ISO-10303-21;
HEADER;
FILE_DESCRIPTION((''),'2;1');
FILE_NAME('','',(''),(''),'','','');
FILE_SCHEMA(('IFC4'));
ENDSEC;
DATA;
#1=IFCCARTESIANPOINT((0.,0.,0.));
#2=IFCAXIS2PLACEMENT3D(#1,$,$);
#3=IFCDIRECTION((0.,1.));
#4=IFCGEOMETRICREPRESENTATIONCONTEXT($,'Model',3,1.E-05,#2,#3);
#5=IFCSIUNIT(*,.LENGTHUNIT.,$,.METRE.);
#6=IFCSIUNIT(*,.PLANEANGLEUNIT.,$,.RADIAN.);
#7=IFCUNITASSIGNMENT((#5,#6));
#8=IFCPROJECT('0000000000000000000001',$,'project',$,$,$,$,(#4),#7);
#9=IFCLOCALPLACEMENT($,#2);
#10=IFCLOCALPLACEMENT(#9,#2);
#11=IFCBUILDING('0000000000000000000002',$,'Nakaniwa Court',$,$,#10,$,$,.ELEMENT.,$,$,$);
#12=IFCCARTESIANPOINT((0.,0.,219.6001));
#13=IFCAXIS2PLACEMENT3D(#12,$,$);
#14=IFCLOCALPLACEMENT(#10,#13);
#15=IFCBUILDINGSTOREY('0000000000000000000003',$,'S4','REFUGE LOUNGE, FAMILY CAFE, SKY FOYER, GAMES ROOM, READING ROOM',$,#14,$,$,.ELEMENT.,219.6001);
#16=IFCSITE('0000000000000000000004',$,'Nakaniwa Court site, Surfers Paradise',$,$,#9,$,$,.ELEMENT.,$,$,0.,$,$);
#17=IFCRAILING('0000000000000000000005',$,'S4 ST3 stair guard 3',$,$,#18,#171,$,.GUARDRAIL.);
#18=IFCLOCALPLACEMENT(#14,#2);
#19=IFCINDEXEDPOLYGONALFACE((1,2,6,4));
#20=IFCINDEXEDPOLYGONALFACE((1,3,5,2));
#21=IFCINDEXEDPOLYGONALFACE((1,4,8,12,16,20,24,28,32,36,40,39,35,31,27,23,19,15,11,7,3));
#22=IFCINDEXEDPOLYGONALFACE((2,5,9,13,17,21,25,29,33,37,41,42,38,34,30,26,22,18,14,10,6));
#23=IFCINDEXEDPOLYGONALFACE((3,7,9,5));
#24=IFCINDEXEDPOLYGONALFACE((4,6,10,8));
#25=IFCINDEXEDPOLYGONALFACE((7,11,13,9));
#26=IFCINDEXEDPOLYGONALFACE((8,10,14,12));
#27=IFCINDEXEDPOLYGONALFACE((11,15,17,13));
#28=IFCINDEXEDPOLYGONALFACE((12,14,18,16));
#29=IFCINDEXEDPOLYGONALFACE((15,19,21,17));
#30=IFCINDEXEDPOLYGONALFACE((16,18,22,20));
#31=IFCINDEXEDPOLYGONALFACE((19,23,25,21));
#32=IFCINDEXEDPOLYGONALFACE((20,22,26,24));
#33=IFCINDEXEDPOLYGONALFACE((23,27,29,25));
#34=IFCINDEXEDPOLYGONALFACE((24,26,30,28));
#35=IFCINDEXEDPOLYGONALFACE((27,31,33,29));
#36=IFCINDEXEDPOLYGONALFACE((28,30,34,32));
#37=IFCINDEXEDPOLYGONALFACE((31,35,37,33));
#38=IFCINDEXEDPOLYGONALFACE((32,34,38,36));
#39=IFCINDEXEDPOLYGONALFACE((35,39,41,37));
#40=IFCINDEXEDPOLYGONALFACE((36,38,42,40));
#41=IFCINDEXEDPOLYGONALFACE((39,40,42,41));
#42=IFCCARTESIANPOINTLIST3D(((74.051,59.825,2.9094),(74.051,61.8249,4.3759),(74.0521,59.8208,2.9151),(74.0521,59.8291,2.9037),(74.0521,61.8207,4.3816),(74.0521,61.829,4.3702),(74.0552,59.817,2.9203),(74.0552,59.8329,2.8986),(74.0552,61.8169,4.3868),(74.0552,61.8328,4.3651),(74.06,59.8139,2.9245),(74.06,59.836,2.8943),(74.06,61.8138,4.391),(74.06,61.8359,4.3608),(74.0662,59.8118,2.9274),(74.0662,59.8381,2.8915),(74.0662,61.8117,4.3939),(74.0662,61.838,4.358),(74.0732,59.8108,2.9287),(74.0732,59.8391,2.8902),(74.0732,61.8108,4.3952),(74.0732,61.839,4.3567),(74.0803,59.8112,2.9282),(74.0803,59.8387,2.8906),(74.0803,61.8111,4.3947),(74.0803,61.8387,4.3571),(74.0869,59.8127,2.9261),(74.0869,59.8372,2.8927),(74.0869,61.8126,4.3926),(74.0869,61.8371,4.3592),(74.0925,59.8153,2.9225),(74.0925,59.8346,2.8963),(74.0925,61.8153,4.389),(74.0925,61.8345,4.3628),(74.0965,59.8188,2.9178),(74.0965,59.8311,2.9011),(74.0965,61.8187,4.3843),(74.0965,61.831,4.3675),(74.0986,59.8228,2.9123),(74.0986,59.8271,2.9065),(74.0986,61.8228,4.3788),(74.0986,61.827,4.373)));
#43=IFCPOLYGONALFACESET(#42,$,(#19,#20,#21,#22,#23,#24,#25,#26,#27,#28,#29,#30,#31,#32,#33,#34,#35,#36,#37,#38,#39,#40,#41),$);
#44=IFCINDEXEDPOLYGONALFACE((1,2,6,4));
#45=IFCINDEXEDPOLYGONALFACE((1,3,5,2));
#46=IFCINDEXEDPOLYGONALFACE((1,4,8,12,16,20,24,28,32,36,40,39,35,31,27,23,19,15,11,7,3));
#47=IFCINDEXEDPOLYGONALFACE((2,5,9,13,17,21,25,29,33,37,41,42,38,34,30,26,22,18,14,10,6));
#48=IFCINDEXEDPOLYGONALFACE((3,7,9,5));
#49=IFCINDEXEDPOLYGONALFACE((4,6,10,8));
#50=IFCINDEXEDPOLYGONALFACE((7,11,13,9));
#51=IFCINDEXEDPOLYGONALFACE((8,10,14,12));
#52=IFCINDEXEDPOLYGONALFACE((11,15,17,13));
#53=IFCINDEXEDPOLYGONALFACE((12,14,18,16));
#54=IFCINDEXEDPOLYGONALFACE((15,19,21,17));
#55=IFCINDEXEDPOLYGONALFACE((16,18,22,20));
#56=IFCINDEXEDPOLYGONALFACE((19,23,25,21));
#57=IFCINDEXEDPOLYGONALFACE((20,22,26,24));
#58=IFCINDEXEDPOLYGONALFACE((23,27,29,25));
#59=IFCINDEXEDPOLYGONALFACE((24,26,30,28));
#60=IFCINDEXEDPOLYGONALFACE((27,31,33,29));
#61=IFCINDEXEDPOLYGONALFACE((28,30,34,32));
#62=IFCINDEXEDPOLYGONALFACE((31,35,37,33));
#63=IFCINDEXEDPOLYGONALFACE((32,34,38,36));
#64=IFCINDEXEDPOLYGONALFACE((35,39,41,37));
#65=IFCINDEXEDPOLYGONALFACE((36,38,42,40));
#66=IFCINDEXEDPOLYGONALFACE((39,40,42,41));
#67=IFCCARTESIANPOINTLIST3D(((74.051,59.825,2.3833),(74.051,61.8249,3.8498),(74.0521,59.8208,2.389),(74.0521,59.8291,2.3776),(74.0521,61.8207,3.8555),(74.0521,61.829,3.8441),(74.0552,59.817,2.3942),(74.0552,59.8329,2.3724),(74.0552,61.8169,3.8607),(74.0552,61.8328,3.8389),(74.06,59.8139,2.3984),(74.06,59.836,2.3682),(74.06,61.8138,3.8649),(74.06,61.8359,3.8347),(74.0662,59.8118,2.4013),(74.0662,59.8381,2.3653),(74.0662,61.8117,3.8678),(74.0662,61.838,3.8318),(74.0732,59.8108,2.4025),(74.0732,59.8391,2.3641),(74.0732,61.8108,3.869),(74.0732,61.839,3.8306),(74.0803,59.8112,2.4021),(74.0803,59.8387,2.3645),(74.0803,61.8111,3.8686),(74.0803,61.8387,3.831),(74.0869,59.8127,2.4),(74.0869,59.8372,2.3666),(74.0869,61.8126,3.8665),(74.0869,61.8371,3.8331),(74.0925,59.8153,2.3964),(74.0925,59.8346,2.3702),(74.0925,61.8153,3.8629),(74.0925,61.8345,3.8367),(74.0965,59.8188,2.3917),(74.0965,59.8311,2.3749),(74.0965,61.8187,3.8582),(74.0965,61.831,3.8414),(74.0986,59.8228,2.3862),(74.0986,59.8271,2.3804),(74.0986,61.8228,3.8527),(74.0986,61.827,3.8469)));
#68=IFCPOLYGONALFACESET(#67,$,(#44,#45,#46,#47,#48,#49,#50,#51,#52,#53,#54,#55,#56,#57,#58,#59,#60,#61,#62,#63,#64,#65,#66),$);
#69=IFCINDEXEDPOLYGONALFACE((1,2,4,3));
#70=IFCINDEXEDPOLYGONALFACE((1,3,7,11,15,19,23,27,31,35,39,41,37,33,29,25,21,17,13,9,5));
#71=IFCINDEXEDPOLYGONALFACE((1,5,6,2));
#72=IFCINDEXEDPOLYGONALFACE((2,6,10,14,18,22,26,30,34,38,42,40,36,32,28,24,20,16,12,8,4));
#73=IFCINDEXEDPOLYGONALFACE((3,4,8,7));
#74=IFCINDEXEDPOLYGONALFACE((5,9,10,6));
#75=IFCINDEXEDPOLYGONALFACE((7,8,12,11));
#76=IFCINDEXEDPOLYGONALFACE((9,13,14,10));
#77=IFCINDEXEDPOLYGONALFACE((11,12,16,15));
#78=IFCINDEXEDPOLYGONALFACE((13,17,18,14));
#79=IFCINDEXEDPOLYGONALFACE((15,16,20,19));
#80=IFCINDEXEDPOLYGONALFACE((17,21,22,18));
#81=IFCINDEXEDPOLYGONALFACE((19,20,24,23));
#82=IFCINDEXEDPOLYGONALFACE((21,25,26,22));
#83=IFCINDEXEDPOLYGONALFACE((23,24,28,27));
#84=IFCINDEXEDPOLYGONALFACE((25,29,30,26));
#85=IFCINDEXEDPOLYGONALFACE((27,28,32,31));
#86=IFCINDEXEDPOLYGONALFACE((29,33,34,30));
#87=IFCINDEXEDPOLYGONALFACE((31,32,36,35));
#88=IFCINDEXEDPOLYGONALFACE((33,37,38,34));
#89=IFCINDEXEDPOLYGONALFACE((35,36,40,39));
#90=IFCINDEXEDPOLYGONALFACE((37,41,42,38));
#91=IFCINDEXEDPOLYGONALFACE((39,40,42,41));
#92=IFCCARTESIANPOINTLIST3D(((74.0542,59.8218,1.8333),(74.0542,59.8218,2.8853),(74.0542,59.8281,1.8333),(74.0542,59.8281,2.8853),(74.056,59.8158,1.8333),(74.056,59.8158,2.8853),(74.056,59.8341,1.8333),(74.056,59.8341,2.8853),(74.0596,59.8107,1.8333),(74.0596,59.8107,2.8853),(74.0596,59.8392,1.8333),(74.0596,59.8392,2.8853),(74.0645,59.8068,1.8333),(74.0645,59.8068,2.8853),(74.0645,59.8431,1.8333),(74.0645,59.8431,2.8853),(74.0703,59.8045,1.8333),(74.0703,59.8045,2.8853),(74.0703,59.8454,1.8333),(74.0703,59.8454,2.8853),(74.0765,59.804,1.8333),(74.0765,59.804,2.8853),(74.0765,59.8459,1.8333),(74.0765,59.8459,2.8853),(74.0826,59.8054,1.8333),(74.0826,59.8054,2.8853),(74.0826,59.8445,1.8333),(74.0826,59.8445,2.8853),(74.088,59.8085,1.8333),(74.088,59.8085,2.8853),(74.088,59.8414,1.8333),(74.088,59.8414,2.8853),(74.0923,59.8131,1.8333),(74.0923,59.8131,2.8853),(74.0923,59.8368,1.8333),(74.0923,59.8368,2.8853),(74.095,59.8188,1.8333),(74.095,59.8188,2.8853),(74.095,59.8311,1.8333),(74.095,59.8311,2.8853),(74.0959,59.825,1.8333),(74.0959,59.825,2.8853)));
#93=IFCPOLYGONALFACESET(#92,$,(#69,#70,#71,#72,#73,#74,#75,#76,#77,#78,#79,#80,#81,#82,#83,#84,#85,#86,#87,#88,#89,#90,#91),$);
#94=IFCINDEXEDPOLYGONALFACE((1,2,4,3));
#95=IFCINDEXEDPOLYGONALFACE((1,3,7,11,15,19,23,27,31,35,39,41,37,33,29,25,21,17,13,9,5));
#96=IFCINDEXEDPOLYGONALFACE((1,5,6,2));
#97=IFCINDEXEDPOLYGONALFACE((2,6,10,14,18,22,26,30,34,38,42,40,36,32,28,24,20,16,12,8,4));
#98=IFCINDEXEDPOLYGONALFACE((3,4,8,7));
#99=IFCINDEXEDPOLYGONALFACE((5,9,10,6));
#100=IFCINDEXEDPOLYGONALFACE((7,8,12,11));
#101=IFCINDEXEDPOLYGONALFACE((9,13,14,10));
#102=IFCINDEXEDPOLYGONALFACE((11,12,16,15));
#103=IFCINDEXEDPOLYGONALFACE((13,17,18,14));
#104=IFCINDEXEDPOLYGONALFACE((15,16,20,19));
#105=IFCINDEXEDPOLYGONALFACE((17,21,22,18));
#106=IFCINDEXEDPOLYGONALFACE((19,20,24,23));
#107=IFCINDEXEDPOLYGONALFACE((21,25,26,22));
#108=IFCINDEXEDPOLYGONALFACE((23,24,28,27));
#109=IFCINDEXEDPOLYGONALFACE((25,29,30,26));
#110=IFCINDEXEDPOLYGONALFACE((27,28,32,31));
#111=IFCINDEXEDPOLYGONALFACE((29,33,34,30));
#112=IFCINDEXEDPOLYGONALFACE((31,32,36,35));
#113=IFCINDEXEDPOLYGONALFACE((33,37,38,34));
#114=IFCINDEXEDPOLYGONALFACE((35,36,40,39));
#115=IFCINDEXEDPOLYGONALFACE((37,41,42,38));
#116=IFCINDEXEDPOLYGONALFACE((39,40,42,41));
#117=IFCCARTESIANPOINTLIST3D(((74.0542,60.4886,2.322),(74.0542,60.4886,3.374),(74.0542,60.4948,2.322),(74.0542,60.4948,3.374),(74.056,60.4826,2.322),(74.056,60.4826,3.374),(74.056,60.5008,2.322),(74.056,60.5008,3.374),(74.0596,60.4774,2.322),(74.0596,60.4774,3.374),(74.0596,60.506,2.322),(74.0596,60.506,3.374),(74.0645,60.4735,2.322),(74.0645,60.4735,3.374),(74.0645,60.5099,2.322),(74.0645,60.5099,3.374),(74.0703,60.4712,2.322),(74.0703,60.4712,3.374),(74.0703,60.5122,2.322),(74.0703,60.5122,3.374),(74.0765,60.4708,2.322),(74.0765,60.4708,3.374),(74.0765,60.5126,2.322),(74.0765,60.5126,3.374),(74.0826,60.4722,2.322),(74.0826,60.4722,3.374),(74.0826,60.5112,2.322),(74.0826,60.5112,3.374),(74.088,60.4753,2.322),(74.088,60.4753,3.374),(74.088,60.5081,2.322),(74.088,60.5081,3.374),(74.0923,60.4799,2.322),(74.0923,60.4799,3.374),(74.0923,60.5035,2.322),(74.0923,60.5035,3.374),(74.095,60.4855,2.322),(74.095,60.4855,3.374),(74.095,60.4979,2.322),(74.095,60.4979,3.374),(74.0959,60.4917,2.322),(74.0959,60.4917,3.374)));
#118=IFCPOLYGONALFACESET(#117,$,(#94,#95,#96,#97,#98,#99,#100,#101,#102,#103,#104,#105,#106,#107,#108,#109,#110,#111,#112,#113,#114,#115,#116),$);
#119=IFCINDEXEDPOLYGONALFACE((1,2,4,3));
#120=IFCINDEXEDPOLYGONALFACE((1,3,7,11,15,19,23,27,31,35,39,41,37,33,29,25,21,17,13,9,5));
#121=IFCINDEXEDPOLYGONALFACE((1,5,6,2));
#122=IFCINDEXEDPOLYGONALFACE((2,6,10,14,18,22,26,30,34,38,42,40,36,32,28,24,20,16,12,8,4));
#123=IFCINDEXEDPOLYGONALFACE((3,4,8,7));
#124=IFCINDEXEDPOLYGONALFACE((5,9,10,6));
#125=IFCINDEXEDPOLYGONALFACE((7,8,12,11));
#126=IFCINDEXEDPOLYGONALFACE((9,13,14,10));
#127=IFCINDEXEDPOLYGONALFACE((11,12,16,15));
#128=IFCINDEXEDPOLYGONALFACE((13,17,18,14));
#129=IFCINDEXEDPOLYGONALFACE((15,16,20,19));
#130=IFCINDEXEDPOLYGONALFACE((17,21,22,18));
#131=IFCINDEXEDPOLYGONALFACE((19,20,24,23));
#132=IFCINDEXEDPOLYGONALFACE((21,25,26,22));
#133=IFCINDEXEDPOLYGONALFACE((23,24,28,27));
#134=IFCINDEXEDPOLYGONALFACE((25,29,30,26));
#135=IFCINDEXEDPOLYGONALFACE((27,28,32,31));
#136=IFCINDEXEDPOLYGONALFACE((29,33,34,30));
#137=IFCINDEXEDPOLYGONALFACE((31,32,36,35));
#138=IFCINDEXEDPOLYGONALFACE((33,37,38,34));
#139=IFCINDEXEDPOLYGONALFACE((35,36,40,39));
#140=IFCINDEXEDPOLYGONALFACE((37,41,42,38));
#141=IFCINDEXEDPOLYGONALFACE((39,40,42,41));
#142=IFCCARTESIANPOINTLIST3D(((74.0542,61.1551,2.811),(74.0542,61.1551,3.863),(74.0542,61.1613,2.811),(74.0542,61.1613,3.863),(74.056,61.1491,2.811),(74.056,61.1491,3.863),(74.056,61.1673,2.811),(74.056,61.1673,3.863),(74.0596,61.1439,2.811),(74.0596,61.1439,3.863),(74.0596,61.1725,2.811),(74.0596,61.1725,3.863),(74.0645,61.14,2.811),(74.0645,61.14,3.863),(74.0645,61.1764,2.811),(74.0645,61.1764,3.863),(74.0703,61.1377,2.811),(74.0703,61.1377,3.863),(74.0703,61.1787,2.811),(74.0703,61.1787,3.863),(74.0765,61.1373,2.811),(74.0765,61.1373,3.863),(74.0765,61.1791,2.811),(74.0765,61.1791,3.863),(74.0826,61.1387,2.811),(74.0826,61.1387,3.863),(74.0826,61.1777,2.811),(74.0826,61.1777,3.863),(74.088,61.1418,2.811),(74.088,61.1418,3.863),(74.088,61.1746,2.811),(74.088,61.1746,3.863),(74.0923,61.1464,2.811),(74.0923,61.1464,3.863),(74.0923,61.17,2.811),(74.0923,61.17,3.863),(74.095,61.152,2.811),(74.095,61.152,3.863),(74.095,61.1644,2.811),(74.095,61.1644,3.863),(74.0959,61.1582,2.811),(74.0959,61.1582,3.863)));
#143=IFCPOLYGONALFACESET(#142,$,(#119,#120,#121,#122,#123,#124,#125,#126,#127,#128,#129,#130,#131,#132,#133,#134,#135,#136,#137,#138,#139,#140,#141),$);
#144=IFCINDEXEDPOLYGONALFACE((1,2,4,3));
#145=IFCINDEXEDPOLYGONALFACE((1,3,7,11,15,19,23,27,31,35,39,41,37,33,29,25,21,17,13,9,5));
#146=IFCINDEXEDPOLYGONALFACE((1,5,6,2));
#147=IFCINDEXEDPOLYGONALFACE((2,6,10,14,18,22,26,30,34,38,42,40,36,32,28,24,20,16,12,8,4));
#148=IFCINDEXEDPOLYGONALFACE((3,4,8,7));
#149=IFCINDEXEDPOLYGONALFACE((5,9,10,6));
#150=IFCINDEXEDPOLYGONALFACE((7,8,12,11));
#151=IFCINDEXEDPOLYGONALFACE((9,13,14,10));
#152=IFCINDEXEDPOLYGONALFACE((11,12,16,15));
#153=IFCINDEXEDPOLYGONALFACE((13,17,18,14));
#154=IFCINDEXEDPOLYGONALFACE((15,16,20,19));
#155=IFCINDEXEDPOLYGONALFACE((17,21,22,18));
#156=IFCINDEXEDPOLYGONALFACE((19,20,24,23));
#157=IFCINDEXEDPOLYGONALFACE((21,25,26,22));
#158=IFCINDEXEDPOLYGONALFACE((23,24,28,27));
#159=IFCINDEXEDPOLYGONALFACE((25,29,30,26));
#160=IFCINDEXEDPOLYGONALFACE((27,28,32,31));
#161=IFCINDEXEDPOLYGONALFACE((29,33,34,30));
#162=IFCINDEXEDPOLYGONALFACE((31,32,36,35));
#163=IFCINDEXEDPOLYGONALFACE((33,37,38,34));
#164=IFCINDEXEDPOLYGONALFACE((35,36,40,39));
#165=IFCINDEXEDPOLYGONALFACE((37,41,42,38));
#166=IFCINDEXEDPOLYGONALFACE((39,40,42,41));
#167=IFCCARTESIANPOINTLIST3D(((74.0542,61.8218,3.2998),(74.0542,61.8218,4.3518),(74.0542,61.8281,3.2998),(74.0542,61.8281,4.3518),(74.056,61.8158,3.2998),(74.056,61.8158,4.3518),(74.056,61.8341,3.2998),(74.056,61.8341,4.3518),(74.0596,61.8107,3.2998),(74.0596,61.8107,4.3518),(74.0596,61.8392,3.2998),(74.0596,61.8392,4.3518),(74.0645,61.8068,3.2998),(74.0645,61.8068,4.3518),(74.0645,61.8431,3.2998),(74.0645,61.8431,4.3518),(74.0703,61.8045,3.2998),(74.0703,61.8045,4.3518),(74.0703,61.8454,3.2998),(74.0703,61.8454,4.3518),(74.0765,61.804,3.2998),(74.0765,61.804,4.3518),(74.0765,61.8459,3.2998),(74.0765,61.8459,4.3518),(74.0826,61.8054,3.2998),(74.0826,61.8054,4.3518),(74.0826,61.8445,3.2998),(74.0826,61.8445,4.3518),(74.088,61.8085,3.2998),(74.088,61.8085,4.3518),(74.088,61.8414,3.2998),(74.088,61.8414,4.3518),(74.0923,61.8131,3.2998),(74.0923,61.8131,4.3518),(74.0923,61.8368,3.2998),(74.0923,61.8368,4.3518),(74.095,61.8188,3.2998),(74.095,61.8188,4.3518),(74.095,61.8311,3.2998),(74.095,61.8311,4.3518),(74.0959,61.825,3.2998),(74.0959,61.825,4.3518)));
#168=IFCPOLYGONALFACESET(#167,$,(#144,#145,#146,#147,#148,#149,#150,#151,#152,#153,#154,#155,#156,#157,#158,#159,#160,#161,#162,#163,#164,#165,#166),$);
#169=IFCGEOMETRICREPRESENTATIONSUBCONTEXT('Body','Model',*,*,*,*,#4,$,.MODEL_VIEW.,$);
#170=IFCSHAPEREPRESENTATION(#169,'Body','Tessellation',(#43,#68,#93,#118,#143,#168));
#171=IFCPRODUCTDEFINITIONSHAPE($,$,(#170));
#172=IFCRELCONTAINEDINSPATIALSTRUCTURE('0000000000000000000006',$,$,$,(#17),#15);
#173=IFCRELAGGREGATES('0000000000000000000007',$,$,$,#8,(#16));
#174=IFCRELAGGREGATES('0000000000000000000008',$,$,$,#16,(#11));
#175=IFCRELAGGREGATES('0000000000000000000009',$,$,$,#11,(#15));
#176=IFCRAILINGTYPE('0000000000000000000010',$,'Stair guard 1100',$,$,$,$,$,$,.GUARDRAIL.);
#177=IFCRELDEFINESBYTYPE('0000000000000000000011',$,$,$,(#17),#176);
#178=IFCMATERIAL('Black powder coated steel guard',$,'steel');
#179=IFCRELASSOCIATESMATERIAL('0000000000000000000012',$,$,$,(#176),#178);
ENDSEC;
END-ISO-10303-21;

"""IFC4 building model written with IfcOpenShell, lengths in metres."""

from ifc_helpers import new_model, si_unit, direction, frame, origin, origin_2d, place, context, subcontext, project, spatial, circle, extrude, material, type_object, element, save


model = new_model("IFC4")

# Units and contexts
model_context = context("Model", 3, precision=1e-05, world=origin(), true_north=direction((0.0, 1.0)))
body_context = subcontext(model_context, "Body", "Model", "MODEL_VIEW")
ifc_project = project(units=[si_unit("LENGTHUNIT", "METRE"), si_unit("PLANEANGLEUNIT", "RADIAN")], contexts=[model_context])

# Site, building, storey
site_placement = place(None, origin())
site = spatial("IfcSite", under=ifc_project, at=site_placement, Name="Nakaniwa Court site, Surfers Paradise", CompositionType="ELEMENT", RefElevation=0.0)
building_placement = place(site_placement, origin())
building = spatial("IfcBuilding", under=site, at=building_placement, Name="Nakaniwa Court", CompositionType="ELEMENT")
storey_placement = place(building_placement, frame((0.0, 0.0, 219.6001)))
storey = spatial("IfcBuildingStorey", under=building, at=storey_placement, Name="S4", Description="REFUGE LOUNGE, FAMILY CAFE, SKY FOYER, GAMES ROOM, READING ROOM", CompositionType="ELEMENT", Elevation=219.6001)

# Railing
ifc_material_1 = material(Name="Black powder coated steel guard", Category="steel")
railing_type_1 = type_object("IfcRailingType", Name="Stair guard 1100", PredefinedType="GUARDRAIL", material=ifc_material_1)
railing_1_placement = place(storey_placement, frame((74.075, 59.825, 1.8333)))
element("IfcRailing", 1, at=railing_1_placement, inside=storey, type_object=railing_type_1, Name="S4 ST3 stair guard 3", PredefinedType="GUARDRAIL", context=body_context, shape_type="SweptSolid", body=[
    extrude(circle(Radius=0.0239, at=origin_2d()), frame((0.0, 0.0, 1.0762), z_axis=(0.0, 0.806427, 0.591334), x_axis=(-1.0, 0.0, 0.0)), (0.0, 0.0, 1.0), 2.48),
    extrude(circle(Radius=0.0239, at=origin_2d()), frame((0.0, 0.0, 0.55), z_axis=(0.0, 0.806427, 0.591334), x_axis=(-1.0, 0.0, 0.0)), (0.0, 0.0, 1.0), 2.48),
    extrude(circle(Radius=0.021, at=origin_2d()), origin(), (0.0, 0.0, 1.0), 1.052),
    extrude(circle(Radius=0.021, at=origin_2d()), frame((0.0, 0.6667, 0.4888)), (0.0, 0.0, 1.0), 1.052),
    extrude(circle(Radius=0.021, at=origin_2d()), frame((0.0, 1.3333, 0.9778)), (0.0, 0.0, 1.0), 1.052),
    extrude(circle(Radius=0.021, at=origin_2d()), frame((0.0, 2.0, 1.4666)), (0.0, 0.0, 1.0), 1.052),
])

save(model, "model.ifc")
